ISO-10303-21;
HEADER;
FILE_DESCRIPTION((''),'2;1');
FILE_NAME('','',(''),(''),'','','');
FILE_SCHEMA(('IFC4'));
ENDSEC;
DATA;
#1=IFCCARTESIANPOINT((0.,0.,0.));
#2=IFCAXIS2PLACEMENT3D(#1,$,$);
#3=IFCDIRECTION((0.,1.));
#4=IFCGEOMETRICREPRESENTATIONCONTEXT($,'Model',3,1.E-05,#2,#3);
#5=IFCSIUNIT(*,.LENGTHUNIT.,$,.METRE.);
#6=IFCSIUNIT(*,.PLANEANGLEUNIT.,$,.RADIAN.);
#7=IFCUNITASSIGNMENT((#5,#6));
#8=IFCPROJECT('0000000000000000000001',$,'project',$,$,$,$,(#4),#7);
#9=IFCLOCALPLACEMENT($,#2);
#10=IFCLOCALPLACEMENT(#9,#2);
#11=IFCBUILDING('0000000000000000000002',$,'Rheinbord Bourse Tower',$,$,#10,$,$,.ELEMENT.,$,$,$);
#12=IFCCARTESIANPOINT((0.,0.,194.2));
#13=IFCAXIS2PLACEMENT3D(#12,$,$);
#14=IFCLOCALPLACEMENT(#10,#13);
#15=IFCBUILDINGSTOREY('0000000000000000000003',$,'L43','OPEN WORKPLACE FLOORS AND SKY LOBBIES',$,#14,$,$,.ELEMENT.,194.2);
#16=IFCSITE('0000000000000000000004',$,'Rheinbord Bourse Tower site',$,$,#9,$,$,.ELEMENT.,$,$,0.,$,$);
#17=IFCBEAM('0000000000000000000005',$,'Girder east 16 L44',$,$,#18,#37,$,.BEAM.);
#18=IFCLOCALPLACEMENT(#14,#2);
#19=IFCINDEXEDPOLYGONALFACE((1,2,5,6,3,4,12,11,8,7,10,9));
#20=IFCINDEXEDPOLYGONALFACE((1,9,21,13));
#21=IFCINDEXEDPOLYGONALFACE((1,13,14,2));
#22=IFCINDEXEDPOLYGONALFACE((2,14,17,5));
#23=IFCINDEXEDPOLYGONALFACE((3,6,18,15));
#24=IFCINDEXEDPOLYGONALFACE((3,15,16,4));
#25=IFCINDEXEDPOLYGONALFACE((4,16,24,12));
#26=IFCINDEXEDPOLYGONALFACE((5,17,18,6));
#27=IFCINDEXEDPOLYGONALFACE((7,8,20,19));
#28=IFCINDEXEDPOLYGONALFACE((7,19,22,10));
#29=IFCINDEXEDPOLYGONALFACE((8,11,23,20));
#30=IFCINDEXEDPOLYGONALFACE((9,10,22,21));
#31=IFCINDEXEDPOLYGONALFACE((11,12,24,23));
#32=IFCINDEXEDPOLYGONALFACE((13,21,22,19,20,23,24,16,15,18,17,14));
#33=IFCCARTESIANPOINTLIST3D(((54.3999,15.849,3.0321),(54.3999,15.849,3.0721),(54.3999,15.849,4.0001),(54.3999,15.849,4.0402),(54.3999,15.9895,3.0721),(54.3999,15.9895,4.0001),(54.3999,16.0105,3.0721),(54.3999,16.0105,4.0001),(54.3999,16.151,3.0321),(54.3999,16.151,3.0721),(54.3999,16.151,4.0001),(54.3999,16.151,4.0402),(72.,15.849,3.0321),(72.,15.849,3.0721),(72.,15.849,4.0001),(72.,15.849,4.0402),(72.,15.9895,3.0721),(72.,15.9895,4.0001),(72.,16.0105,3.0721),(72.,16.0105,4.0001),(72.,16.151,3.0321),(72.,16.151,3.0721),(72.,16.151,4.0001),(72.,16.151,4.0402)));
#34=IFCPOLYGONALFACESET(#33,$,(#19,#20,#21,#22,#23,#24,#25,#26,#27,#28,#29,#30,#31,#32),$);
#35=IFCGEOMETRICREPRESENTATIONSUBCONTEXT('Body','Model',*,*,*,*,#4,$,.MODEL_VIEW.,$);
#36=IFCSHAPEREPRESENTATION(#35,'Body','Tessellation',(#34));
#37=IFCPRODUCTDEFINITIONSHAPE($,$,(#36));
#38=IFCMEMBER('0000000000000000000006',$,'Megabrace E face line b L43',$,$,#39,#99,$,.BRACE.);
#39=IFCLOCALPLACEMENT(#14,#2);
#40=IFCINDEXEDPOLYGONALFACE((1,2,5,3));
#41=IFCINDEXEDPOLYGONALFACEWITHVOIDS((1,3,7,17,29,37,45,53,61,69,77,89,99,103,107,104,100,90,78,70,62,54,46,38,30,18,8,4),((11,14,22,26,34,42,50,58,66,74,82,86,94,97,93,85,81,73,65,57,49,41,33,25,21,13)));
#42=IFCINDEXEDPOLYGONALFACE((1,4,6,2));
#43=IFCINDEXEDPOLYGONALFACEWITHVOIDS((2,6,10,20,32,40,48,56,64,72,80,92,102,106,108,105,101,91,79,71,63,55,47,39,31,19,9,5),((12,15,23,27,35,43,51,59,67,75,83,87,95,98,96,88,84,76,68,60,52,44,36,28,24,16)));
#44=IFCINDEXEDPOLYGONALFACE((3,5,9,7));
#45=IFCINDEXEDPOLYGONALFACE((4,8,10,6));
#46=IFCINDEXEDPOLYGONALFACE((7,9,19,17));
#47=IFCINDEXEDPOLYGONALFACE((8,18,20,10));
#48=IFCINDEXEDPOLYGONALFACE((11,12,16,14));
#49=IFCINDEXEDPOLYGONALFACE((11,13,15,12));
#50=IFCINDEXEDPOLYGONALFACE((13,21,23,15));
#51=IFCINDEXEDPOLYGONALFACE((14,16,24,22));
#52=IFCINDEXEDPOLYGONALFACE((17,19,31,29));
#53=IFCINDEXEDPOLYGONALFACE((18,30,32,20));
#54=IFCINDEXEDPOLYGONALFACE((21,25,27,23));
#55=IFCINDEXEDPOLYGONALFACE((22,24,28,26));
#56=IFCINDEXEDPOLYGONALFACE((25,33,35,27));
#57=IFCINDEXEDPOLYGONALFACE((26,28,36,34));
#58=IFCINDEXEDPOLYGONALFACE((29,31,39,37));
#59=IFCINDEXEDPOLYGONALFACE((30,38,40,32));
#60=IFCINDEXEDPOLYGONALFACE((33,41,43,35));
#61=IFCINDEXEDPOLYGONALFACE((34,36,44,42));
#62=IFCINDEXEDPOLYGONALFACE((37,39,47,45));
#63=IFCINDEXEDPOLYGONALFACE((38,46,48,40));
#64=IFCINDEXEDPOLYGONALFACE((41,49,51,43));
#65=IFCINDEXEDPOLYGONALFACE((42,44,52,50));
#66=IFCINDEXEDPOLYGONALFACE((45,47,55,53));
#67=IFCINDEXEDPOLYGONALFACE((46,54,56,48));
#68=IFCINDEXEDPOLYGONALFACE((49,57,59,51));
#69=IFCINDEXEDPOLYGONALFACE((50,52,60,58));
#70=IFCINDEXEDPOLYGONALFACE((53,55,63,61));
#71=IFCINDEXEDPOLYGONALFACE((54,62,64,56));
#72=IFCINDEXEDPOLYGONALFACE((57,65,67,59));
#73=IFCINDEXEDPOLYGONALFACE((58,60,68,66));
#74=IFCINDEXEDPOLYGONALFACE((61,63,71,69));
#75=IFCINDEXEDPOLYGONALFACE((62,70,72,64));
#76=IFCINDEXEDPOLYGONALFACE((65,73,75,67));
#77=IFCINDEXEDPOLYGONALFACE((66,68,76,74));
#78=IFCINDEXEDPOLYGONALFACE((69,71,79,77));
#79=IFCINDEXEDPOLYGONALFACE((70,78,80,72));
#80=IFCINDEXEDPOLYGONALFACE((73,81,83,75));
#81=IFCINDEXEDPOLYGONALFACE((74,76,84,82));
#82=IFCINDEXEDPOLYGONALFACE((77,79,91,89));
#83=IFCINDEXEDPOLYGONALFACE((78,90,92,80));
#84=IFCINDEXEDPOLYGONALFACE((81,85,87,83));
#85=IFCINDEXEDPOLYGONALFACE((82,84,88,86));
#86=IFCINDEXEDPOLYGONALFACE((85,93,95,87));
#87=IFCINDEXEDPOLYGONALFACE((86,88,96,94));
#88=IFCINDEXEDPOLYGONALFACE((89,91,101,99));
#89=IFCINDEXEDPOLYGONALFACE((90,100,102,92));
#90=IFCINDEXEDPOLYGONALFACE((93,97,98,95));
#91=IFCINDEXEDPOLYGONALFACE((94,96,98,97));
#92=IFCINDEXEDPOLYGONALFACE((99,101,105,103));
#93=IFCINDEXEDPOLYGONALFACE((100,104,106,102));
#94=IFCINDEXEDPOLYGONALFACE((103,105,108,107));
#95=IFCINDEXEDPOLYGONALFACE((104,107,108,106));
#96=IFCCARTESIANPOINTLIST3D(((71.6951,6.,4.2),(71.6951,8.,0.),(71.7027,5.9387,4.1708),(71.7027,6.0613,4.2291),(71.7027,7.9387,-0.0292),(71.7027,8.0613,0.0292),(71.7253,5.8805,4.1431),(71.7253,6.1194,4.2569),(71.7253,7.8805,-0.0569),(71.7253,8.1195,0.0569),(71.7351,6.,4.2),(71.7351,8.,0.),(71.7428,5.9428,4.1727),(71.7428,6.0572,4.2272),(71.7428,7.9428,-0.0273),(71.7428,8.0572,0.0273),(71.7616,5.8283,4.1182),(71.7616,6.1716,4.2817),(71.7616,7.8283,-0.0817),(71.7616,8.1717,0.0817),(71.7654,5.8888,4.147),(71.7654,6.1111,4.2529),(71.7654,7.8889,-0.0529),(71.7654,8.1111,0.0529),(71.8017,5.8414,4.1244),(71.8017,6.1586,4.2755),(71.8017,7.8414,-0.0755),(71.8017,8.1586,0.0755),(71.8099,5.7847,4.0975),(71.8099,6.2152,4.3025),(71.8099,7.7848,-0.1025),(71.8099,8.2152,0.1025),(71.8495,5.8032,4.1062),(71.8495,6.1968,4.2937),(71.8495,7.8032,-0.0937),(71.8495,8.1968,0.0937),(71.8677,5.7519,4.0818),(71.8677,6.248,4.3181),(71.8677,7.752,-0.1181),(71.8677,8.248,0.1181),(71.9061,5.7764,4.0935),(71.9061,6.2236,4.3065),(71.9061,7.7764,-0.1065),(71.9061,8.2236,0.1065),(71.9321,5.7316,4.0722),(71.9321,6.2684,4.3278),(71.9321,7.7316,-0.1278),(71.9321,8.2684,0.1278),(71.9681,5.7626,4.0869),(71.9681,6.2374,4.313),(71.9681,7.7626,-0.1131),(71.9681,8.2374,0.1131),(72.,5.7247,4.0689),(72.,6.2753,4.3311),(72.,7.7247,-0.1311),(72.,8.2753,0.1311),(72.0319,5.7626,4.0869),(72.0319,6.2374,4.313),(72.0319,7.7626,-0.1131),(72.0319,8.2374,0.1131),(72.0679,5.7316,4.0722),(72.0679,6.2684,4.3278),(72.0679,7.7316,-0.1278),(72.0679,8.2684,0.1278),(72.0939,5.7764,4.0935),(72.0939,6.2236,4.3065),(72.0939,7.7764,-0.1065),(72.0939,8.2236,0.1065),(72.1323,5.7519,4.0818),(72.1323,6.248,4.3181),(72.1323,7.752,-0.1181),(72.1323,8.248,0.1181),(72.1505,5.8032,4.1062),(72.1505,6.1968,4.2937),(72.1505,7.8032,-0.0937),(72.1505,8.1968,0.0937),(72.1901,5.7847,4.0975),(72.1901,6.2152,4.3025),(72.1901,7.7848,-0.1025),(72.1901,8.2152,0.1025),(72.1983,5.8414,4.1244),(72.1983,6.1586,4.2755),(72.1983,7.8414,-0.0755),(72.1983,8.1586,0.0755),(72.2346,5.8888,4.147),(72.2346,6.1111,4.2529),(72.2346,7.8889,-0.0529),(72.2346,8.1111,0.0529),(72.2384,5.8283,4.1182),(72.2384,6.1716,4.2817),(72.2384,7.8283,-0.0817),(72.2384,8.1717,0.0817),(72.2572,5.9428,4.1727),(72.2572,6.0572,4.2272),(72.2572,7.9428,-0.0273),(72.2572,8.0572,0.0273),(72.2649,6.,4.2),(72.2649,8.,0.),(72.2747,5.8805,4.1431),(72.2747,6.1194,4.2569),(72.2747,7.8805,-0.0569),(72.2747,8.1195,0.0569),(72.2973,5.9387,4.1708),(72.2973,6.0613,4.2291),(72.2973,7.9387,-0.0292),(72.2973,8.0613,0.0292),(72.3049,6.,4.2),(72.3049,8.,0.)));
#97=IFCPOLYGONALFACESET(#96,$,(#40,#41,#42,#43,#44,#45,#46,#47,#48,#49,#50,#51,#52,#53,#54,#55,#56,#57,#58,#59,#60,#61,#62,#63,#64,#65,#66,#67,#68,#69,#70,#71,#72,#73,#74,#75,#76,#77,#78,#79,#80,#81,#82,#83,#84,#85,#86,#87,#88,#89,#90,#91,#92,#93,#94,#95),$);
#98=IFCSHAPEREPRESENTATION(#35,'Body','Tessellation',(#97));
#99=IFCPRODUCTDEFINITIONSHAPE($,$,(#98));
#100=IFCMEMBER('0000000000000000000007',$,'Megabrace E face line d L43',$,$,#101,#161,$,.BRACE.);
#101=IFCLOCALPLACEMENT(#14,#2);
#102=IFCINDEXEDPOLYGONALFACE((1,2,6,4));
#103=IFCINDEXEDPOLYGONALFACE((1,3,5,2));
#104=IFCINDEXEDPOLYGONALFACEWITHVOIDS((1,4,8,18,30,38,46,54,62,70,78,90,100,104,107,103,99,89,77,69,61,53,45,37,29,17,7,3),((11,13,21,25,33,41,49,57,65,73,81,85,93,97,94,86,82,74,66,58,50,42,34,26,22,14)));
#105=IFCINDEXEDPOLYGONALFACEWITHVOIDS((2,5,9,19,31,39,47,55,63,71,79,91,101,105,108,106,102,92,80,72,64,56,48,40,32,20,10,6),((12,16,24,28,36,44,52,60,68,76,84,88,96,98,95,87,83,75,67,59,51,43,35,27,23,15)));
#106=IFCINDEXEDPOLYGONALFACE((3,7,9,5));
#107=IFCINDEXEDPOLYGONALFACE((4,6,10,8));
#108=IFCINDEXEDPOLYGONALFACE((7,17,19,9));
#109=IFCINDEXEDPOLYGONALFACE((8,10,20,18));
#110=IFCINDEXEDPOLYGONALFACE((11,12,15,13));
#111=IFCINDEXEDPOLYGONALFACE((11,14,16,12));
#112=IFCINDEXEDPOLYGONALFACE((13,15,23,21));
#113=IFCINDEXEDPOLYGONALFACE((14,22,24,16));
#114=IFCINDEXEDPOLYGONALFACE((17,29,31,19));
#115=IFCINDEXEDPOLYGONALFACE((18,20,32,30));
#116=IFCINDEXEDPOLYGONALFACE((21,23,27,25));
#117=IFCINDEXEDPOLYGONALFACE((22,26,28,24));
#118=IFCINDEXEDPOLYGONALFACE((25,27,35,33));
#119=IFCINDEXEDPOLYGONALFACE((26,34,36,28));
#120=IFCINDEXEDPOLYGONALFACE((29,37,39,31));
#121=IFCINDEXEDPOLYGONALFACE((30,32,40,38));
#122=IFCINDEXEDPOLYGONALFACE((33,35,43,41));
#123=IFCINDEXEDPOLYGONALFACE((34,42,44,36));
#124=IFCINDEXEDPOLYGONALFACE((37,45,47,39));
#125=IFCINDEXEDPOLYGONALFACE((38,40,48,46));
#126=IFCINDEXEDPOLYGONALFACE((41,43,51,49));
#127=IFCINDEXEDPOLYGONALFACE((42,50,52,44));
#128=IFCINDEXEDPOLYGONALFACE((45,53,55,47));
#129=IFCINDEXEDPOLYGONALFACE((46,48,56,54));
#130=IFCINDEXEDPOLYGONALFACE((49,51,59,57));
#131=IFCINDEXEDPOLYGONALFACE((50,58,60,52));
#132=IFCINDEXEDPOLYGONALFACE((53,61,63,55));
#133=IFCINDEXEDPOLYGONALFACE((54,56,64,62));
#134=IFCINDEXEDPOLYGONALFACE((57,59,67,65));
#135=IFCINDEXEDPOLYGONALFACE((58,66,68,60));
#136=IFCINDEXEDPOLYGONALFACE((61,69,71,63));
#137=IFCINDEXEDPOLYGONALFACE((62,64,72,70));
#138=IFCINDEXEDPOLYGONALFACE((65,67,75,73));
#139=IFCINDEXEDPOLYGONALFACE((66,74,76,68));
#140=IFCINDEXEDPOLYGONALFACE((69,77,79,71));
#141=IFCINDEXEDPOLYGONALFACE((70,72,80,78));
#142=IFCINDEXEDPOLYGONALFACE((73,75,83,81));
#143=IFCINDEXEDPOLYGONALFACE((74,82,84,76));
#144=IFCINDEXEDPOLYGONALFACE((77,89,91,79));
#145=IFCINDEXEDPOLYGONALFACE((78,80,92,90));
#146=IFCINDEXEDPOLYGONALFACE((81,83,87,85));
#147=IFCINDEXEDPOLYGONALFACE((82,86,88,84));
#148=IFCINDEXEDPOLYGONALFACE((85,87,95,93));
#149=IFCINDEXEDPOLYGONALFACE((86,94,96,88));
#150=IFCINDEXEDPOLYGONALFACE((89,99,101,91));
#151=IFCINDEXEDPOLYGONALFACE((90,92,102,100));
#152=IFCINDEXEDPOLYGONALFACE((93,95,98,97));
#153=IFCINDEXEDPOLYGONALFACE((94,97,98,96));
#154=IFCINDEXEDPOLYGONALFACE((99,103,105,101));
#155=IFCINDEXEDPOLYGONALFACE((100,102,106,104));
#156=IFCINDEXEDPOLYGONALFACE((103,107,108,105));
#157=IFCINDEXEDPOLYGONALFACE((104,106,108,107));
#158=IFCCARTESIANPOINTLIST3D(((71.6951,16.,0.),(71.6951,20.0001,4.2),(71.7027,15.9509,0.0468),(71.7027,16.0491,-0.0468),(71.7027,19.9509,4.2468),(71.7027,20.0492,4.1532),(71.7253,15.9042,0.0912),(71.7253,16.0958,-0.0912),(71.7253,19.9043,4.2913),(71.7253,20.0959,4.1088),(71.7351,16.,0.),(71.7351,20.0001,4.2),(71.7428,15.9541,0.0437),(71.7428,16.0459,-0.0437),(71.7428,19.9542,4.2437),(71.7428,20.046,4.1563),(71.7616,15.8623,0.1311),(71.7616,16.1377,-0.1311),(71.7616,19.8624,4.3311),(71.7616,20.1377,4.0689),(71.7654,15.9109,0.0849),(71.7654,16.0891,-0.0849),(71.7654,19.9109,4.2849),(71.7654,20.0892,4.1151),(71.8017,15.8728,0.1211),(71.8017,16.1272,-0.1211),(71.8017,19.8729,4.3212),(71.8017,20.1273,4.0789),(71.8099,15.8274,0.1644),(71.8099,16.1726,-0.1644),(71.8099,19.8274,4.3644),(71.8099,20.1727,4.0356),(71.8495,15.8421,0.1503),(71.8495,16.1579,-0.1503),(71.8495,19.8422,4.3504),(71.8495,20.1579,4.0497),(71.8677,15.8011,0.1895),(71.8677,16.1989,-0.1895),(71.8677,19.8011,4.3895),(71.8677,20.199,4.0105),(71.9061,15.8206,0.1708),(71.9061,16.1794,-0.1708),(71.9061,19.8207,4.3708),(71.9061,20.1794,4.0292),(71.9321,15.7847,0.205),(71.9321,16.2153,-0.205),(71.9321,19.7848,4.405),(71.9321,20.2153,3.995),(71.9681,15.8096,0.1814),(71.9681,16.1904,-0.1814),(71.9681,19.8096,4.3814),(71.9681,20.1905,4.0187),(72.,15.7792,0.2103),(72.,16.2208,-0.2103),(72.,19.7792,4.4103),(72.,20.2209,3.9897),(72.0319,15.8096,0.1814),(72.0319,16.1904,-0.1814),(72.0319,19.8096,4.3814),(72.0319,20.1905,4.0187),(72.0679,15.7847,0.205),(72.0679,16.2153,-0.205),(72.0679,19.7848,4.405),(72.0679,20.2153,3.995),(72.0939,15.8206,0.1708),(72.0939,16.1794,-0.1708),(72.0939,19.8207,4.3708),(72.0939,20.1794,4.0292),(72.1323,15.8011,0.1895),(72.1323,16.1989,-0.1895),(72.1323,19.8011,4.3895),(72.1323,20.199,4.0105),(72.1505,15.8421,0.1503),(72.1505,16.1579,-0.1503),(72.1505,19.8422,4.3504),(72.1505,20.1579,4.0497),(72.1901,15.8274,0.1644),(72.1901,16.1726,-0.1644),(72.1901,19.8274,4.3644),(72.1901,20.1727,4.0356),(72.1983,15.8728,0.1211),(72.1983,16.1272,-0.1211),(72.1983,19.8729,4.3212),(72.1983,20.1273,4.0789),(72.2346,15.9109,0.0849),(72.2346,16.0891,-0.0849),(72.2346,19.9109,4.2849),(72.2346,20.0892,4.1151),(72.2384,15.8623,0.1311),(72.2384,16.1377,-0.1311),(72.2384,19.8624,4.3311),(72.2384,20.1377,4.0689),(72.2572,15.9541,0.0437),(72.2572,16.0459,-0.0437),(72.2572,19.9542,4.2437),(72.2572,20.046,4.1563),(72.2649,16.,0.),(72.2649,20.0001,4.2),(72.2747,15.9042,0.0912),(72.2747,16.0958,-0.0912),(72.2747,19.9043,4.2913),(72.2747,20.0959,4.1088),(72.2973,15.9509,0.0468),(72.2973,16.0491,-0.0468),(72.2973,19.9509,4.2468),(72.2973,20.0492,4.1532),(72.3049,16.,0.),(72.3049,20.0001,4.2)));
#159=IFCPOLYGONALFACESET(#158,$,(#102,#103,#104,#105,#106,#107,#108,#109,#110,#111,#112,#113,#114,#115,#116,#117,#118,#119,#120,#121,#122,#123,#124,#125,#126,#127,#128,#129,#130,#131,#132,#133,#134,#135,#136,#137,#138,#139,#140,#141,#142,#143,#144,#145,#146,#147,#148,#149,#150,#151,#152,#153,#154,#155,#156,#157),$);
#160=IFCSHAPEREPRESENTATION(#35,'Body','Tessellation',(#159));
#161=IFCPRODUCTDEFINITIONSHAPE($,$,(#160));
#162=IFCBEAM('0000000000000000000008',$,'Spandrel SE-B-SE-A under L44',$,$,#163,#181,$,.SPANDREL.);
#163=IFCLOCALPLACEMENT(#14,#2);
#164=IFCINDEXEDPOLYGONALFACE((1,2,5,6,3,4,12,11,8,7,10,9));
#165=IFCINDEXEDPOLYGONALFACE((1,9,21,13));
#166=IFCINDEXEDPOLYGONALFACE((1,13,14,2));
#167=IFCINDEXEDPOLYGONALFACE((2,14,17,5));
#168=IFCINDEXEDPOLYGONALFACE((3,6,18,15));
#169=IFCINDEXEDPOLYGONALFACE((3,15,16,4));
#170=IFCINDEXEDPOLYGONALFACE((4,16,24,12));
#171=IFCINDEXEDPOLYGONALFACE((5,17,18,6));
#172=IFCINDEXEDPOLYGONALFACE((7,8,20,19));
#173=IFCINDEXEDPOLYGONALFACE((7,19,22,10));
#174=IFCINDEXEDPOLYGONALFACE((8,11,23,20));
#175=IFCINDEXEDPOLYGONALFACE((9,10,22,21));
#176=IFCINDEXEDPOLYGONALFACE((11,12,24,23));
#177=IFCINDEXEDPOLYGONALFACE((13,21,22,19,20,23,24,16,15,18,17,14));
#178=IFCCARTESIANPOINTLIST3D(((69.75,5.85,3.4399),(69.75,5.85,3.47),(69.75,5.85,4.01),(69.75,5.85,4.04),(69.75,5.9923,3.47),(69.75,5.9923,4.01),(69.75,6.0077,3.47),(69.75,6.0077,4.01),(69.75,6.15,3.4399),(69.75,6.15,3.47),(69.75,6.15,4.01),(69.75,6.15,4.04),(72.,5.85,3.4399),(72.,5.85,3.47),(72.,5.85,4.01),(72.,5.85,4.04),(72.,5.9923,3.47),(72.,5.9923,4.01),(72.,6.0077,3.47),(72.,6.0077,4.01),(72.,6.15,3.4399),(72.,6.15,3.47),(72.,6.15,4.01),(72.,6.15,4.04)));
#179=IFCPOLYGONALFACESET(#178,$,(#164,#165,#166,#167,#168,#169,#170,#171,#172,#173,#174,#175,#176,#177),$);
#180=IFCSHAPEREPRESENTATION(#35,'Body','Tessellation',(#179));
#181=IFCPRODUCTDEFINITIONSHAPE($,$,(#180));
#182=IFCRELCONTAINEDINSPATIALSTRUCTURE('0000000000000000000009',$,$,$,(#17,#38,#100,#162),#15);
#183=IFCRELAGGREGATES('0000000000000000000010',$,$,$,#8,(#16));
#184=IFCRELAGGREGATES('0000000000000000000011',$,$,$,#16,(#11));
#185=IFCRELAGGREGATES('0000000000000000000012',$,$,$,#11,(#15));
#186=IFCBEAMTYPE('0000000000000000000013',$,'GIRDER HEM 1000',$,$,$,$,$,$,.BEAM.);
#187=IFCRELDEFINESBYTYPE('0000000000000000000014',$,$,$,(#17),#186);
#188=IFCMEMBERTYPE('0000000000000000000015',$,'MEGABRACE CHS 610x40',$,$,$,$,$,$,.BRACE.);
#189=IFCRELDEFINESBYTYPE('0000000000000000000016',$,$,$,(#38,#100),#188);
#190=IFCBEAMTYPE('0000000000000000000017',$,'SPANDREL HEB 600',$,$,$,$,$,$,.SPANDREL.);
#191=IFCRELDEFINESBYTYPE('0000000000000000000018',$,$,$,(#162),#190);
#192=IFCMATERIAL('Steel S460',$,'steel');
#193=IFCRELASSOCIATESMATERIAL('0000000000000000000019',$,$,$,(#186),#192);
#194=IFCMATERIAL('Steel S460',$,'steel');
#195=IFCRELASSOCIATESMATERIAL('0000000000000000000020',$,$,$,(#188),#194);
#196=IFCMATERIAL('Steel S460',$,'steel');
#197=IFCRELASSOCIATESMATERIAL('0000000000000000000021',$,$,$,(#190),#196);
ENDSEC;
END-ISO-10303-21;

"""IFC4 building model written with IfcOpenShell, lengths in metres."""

from ifc_helpers import new_model, si_unit, direction, frame, origin, origin_2d, place, context, subcontext, project, spatial, hollow_circle, i_section, extrude, material, material_profile, profile_set, type_object, element, save


model = new_model("IFC4")

# Units and contexts
model_context = context("Model", 3, precision=1e-05, world=origin(), true_north=direction((0.0, 1.0)))
body_context = subcontext(model_context, "Body", "Model", "MODEL_VIEW")
ifc_project = project(units=[si_unit("LENGTHUNIT", "METRE"), si_unit("PLANEANGLEUNIT", "RADIAN")], contexts=[model_context])

# Site, building, storey
site_placement = place(None, origin())
site = spatial("IfcSite", under=ifc_project, at=site_placement, Name="Rheinbord Bourse Tower site", CompositionType="ELEMENT", RefElevation=0.0)
building_placement = place(site_placement, origin())
building = spatial("IfcBuilding", under=site, at=building_placement, Name="Rheinbord Bourse Tower", CompositionType="ELEMENT")
storey_placement = place(building_placement, frame((0.0, 0.0, 194.2)))
storey = spatial("IfcBuildingStorey", under=building, at=storey_placement, Name="L43", Description="OPEN WORKPLACE FLOORS AND SKY LOBBIES", CompositionType="ELEMENT", Elevation=194.2)

# Beam
ifc_material_1 = material(Name="Steel S460", Category="steel")
ifc_material_profile_1 = material_profile(ifc_material_1, i_section(OverallWidth=0.302, OverallDepth=1.0081, WebThickness=0.021, FlangeThickness=0.04, at=origin_2d()), Name="HEM 1000")
ifc_profile_set_1 = profile_set([ifc_material_profile_1], Name="Steel S460")
beam_type_1 = type_object("IfcBeamType", Name="GIRDER HEM 1000", PredefinedType="BEAM", material=ifc_profile_set_1)
beam_1_placement = place(storey_placement, frame((54.3999, 16.0, 3.5361), z_axis=(1.0, 0.0, 0.0), x_axis=(0.0, 1.0, 0.0)))
element("IfcBeam", 1, at=beam_1_placement, inside=storey, type_object=beam_type_1, Name="Girder east 16 L44", PredefinedType="BEAM", context=body_context, shape_type="SweptSolid", body=[
    extrude(i_section(OverallWidth=0.302, OverallDepth=1.0081, WebThickness=0.021, FlangeThickness=0.04, at=origin_2d()), origin(), (0.0, 0.0, 1.0), 17.6001),
])

# Members
ifc_material_2 = material(Name="Steel S460", Category="steel")
ifc_material_profile_2 = material_profile(ifc_material_2, hollow_circle(Radius=0.3049, WallThickness=0.04, at=origin_2d()), Name="CHS 610x40")
ifc_profile_set_2 = profile_set([ifc_material_profile_2], Name="Steel S460")
member_type_1 = type_object("IfcMemberType", Name="MEGABRACE CHS 610x40", PredefinedType="BRACE", material=ifc_profile_set_2)
member_1_placement = place(storey_placement, frame((72.0, 8.0, 0.0), z_axis=(0.0, -0.429938, 0.902859), x_axis=(1.0, 0.0, 0.0)))
element("IfcMember", 2, at=member_1_placement, inside=storey, type_object=member_type_1, Name="Megabrace E face line b L43", PredefinedType="BRACE", context=body_context, shape_type="SweptSolid", body=[
    extrude(hollow_circle(Radius=0.3049, WallThickness=0.04, at=origin_2d()), origin(), (0.0, 0.0, 1.0), 4.6519),
])
member_2_placement = place(storey_placement, frame((72.0, 16.0, 0.0), z_axis=(0.0, 0.689659, 0.724134), x_axis=(-1.0, 0.0, 0.0)))
element("IfcMember", 3, at=member_2_placement, inside=storey, type_object=member_type_1, Name="Megabrace E face line d L43", PredefinedType="BRACE", context=body_context, shape_type="SweptSolid", body=[
    extrude(hollow_circle(Radius=0.3049, WallThickness=0.04, at=origin_2d()), origin(), (0.0, 0.0, 1.0), 5.8),
])

# Beam
ifc_material_3 = material(Name="Steel S460", Category="steel")
ifc_material_profile_3 = material_profile(ifc_material_3, i_section(OverallWidth=0.3, OverallDepth=0.6001, WebThickness=0.0154, FlangeThickness=0.03, at=origin_2d()), Name="HEB 600")
ifc_profile_set_3 = profile_set([ifc_material_profile_3], Name="Steel S460")
beam_type_2 = type_object("IfcBeamType", Name="SPANDREL HEB 600", PredefinedType="SPANDREL", material=ifc_profile_set_3)
beam_2_placement = place(storey_placement, frame((69.75, 6.0, 3.74), z_axis=(1.0, 0.0, 0.0), x_axis=(0.0, 1.0, 0.0)))
element("IfcBeam", 4, at=beam_2_placement, inside=storey, type_object=beam_type_2, Name="Spandrel SE-B-SE-A under L44", PredefinedType="SPANDREL", context=body_context, shape_type="SweptSolid", body=[
    extrude(i_section(OverallWidth=0.3, OverallDepth=0.6001, WebThickness=0.0154, FlangeThickness=0.03, at=origin_2d()), origin(), (0.0, 0.0, 1.0), 2.25),
])

save(model, "model.ifc")
